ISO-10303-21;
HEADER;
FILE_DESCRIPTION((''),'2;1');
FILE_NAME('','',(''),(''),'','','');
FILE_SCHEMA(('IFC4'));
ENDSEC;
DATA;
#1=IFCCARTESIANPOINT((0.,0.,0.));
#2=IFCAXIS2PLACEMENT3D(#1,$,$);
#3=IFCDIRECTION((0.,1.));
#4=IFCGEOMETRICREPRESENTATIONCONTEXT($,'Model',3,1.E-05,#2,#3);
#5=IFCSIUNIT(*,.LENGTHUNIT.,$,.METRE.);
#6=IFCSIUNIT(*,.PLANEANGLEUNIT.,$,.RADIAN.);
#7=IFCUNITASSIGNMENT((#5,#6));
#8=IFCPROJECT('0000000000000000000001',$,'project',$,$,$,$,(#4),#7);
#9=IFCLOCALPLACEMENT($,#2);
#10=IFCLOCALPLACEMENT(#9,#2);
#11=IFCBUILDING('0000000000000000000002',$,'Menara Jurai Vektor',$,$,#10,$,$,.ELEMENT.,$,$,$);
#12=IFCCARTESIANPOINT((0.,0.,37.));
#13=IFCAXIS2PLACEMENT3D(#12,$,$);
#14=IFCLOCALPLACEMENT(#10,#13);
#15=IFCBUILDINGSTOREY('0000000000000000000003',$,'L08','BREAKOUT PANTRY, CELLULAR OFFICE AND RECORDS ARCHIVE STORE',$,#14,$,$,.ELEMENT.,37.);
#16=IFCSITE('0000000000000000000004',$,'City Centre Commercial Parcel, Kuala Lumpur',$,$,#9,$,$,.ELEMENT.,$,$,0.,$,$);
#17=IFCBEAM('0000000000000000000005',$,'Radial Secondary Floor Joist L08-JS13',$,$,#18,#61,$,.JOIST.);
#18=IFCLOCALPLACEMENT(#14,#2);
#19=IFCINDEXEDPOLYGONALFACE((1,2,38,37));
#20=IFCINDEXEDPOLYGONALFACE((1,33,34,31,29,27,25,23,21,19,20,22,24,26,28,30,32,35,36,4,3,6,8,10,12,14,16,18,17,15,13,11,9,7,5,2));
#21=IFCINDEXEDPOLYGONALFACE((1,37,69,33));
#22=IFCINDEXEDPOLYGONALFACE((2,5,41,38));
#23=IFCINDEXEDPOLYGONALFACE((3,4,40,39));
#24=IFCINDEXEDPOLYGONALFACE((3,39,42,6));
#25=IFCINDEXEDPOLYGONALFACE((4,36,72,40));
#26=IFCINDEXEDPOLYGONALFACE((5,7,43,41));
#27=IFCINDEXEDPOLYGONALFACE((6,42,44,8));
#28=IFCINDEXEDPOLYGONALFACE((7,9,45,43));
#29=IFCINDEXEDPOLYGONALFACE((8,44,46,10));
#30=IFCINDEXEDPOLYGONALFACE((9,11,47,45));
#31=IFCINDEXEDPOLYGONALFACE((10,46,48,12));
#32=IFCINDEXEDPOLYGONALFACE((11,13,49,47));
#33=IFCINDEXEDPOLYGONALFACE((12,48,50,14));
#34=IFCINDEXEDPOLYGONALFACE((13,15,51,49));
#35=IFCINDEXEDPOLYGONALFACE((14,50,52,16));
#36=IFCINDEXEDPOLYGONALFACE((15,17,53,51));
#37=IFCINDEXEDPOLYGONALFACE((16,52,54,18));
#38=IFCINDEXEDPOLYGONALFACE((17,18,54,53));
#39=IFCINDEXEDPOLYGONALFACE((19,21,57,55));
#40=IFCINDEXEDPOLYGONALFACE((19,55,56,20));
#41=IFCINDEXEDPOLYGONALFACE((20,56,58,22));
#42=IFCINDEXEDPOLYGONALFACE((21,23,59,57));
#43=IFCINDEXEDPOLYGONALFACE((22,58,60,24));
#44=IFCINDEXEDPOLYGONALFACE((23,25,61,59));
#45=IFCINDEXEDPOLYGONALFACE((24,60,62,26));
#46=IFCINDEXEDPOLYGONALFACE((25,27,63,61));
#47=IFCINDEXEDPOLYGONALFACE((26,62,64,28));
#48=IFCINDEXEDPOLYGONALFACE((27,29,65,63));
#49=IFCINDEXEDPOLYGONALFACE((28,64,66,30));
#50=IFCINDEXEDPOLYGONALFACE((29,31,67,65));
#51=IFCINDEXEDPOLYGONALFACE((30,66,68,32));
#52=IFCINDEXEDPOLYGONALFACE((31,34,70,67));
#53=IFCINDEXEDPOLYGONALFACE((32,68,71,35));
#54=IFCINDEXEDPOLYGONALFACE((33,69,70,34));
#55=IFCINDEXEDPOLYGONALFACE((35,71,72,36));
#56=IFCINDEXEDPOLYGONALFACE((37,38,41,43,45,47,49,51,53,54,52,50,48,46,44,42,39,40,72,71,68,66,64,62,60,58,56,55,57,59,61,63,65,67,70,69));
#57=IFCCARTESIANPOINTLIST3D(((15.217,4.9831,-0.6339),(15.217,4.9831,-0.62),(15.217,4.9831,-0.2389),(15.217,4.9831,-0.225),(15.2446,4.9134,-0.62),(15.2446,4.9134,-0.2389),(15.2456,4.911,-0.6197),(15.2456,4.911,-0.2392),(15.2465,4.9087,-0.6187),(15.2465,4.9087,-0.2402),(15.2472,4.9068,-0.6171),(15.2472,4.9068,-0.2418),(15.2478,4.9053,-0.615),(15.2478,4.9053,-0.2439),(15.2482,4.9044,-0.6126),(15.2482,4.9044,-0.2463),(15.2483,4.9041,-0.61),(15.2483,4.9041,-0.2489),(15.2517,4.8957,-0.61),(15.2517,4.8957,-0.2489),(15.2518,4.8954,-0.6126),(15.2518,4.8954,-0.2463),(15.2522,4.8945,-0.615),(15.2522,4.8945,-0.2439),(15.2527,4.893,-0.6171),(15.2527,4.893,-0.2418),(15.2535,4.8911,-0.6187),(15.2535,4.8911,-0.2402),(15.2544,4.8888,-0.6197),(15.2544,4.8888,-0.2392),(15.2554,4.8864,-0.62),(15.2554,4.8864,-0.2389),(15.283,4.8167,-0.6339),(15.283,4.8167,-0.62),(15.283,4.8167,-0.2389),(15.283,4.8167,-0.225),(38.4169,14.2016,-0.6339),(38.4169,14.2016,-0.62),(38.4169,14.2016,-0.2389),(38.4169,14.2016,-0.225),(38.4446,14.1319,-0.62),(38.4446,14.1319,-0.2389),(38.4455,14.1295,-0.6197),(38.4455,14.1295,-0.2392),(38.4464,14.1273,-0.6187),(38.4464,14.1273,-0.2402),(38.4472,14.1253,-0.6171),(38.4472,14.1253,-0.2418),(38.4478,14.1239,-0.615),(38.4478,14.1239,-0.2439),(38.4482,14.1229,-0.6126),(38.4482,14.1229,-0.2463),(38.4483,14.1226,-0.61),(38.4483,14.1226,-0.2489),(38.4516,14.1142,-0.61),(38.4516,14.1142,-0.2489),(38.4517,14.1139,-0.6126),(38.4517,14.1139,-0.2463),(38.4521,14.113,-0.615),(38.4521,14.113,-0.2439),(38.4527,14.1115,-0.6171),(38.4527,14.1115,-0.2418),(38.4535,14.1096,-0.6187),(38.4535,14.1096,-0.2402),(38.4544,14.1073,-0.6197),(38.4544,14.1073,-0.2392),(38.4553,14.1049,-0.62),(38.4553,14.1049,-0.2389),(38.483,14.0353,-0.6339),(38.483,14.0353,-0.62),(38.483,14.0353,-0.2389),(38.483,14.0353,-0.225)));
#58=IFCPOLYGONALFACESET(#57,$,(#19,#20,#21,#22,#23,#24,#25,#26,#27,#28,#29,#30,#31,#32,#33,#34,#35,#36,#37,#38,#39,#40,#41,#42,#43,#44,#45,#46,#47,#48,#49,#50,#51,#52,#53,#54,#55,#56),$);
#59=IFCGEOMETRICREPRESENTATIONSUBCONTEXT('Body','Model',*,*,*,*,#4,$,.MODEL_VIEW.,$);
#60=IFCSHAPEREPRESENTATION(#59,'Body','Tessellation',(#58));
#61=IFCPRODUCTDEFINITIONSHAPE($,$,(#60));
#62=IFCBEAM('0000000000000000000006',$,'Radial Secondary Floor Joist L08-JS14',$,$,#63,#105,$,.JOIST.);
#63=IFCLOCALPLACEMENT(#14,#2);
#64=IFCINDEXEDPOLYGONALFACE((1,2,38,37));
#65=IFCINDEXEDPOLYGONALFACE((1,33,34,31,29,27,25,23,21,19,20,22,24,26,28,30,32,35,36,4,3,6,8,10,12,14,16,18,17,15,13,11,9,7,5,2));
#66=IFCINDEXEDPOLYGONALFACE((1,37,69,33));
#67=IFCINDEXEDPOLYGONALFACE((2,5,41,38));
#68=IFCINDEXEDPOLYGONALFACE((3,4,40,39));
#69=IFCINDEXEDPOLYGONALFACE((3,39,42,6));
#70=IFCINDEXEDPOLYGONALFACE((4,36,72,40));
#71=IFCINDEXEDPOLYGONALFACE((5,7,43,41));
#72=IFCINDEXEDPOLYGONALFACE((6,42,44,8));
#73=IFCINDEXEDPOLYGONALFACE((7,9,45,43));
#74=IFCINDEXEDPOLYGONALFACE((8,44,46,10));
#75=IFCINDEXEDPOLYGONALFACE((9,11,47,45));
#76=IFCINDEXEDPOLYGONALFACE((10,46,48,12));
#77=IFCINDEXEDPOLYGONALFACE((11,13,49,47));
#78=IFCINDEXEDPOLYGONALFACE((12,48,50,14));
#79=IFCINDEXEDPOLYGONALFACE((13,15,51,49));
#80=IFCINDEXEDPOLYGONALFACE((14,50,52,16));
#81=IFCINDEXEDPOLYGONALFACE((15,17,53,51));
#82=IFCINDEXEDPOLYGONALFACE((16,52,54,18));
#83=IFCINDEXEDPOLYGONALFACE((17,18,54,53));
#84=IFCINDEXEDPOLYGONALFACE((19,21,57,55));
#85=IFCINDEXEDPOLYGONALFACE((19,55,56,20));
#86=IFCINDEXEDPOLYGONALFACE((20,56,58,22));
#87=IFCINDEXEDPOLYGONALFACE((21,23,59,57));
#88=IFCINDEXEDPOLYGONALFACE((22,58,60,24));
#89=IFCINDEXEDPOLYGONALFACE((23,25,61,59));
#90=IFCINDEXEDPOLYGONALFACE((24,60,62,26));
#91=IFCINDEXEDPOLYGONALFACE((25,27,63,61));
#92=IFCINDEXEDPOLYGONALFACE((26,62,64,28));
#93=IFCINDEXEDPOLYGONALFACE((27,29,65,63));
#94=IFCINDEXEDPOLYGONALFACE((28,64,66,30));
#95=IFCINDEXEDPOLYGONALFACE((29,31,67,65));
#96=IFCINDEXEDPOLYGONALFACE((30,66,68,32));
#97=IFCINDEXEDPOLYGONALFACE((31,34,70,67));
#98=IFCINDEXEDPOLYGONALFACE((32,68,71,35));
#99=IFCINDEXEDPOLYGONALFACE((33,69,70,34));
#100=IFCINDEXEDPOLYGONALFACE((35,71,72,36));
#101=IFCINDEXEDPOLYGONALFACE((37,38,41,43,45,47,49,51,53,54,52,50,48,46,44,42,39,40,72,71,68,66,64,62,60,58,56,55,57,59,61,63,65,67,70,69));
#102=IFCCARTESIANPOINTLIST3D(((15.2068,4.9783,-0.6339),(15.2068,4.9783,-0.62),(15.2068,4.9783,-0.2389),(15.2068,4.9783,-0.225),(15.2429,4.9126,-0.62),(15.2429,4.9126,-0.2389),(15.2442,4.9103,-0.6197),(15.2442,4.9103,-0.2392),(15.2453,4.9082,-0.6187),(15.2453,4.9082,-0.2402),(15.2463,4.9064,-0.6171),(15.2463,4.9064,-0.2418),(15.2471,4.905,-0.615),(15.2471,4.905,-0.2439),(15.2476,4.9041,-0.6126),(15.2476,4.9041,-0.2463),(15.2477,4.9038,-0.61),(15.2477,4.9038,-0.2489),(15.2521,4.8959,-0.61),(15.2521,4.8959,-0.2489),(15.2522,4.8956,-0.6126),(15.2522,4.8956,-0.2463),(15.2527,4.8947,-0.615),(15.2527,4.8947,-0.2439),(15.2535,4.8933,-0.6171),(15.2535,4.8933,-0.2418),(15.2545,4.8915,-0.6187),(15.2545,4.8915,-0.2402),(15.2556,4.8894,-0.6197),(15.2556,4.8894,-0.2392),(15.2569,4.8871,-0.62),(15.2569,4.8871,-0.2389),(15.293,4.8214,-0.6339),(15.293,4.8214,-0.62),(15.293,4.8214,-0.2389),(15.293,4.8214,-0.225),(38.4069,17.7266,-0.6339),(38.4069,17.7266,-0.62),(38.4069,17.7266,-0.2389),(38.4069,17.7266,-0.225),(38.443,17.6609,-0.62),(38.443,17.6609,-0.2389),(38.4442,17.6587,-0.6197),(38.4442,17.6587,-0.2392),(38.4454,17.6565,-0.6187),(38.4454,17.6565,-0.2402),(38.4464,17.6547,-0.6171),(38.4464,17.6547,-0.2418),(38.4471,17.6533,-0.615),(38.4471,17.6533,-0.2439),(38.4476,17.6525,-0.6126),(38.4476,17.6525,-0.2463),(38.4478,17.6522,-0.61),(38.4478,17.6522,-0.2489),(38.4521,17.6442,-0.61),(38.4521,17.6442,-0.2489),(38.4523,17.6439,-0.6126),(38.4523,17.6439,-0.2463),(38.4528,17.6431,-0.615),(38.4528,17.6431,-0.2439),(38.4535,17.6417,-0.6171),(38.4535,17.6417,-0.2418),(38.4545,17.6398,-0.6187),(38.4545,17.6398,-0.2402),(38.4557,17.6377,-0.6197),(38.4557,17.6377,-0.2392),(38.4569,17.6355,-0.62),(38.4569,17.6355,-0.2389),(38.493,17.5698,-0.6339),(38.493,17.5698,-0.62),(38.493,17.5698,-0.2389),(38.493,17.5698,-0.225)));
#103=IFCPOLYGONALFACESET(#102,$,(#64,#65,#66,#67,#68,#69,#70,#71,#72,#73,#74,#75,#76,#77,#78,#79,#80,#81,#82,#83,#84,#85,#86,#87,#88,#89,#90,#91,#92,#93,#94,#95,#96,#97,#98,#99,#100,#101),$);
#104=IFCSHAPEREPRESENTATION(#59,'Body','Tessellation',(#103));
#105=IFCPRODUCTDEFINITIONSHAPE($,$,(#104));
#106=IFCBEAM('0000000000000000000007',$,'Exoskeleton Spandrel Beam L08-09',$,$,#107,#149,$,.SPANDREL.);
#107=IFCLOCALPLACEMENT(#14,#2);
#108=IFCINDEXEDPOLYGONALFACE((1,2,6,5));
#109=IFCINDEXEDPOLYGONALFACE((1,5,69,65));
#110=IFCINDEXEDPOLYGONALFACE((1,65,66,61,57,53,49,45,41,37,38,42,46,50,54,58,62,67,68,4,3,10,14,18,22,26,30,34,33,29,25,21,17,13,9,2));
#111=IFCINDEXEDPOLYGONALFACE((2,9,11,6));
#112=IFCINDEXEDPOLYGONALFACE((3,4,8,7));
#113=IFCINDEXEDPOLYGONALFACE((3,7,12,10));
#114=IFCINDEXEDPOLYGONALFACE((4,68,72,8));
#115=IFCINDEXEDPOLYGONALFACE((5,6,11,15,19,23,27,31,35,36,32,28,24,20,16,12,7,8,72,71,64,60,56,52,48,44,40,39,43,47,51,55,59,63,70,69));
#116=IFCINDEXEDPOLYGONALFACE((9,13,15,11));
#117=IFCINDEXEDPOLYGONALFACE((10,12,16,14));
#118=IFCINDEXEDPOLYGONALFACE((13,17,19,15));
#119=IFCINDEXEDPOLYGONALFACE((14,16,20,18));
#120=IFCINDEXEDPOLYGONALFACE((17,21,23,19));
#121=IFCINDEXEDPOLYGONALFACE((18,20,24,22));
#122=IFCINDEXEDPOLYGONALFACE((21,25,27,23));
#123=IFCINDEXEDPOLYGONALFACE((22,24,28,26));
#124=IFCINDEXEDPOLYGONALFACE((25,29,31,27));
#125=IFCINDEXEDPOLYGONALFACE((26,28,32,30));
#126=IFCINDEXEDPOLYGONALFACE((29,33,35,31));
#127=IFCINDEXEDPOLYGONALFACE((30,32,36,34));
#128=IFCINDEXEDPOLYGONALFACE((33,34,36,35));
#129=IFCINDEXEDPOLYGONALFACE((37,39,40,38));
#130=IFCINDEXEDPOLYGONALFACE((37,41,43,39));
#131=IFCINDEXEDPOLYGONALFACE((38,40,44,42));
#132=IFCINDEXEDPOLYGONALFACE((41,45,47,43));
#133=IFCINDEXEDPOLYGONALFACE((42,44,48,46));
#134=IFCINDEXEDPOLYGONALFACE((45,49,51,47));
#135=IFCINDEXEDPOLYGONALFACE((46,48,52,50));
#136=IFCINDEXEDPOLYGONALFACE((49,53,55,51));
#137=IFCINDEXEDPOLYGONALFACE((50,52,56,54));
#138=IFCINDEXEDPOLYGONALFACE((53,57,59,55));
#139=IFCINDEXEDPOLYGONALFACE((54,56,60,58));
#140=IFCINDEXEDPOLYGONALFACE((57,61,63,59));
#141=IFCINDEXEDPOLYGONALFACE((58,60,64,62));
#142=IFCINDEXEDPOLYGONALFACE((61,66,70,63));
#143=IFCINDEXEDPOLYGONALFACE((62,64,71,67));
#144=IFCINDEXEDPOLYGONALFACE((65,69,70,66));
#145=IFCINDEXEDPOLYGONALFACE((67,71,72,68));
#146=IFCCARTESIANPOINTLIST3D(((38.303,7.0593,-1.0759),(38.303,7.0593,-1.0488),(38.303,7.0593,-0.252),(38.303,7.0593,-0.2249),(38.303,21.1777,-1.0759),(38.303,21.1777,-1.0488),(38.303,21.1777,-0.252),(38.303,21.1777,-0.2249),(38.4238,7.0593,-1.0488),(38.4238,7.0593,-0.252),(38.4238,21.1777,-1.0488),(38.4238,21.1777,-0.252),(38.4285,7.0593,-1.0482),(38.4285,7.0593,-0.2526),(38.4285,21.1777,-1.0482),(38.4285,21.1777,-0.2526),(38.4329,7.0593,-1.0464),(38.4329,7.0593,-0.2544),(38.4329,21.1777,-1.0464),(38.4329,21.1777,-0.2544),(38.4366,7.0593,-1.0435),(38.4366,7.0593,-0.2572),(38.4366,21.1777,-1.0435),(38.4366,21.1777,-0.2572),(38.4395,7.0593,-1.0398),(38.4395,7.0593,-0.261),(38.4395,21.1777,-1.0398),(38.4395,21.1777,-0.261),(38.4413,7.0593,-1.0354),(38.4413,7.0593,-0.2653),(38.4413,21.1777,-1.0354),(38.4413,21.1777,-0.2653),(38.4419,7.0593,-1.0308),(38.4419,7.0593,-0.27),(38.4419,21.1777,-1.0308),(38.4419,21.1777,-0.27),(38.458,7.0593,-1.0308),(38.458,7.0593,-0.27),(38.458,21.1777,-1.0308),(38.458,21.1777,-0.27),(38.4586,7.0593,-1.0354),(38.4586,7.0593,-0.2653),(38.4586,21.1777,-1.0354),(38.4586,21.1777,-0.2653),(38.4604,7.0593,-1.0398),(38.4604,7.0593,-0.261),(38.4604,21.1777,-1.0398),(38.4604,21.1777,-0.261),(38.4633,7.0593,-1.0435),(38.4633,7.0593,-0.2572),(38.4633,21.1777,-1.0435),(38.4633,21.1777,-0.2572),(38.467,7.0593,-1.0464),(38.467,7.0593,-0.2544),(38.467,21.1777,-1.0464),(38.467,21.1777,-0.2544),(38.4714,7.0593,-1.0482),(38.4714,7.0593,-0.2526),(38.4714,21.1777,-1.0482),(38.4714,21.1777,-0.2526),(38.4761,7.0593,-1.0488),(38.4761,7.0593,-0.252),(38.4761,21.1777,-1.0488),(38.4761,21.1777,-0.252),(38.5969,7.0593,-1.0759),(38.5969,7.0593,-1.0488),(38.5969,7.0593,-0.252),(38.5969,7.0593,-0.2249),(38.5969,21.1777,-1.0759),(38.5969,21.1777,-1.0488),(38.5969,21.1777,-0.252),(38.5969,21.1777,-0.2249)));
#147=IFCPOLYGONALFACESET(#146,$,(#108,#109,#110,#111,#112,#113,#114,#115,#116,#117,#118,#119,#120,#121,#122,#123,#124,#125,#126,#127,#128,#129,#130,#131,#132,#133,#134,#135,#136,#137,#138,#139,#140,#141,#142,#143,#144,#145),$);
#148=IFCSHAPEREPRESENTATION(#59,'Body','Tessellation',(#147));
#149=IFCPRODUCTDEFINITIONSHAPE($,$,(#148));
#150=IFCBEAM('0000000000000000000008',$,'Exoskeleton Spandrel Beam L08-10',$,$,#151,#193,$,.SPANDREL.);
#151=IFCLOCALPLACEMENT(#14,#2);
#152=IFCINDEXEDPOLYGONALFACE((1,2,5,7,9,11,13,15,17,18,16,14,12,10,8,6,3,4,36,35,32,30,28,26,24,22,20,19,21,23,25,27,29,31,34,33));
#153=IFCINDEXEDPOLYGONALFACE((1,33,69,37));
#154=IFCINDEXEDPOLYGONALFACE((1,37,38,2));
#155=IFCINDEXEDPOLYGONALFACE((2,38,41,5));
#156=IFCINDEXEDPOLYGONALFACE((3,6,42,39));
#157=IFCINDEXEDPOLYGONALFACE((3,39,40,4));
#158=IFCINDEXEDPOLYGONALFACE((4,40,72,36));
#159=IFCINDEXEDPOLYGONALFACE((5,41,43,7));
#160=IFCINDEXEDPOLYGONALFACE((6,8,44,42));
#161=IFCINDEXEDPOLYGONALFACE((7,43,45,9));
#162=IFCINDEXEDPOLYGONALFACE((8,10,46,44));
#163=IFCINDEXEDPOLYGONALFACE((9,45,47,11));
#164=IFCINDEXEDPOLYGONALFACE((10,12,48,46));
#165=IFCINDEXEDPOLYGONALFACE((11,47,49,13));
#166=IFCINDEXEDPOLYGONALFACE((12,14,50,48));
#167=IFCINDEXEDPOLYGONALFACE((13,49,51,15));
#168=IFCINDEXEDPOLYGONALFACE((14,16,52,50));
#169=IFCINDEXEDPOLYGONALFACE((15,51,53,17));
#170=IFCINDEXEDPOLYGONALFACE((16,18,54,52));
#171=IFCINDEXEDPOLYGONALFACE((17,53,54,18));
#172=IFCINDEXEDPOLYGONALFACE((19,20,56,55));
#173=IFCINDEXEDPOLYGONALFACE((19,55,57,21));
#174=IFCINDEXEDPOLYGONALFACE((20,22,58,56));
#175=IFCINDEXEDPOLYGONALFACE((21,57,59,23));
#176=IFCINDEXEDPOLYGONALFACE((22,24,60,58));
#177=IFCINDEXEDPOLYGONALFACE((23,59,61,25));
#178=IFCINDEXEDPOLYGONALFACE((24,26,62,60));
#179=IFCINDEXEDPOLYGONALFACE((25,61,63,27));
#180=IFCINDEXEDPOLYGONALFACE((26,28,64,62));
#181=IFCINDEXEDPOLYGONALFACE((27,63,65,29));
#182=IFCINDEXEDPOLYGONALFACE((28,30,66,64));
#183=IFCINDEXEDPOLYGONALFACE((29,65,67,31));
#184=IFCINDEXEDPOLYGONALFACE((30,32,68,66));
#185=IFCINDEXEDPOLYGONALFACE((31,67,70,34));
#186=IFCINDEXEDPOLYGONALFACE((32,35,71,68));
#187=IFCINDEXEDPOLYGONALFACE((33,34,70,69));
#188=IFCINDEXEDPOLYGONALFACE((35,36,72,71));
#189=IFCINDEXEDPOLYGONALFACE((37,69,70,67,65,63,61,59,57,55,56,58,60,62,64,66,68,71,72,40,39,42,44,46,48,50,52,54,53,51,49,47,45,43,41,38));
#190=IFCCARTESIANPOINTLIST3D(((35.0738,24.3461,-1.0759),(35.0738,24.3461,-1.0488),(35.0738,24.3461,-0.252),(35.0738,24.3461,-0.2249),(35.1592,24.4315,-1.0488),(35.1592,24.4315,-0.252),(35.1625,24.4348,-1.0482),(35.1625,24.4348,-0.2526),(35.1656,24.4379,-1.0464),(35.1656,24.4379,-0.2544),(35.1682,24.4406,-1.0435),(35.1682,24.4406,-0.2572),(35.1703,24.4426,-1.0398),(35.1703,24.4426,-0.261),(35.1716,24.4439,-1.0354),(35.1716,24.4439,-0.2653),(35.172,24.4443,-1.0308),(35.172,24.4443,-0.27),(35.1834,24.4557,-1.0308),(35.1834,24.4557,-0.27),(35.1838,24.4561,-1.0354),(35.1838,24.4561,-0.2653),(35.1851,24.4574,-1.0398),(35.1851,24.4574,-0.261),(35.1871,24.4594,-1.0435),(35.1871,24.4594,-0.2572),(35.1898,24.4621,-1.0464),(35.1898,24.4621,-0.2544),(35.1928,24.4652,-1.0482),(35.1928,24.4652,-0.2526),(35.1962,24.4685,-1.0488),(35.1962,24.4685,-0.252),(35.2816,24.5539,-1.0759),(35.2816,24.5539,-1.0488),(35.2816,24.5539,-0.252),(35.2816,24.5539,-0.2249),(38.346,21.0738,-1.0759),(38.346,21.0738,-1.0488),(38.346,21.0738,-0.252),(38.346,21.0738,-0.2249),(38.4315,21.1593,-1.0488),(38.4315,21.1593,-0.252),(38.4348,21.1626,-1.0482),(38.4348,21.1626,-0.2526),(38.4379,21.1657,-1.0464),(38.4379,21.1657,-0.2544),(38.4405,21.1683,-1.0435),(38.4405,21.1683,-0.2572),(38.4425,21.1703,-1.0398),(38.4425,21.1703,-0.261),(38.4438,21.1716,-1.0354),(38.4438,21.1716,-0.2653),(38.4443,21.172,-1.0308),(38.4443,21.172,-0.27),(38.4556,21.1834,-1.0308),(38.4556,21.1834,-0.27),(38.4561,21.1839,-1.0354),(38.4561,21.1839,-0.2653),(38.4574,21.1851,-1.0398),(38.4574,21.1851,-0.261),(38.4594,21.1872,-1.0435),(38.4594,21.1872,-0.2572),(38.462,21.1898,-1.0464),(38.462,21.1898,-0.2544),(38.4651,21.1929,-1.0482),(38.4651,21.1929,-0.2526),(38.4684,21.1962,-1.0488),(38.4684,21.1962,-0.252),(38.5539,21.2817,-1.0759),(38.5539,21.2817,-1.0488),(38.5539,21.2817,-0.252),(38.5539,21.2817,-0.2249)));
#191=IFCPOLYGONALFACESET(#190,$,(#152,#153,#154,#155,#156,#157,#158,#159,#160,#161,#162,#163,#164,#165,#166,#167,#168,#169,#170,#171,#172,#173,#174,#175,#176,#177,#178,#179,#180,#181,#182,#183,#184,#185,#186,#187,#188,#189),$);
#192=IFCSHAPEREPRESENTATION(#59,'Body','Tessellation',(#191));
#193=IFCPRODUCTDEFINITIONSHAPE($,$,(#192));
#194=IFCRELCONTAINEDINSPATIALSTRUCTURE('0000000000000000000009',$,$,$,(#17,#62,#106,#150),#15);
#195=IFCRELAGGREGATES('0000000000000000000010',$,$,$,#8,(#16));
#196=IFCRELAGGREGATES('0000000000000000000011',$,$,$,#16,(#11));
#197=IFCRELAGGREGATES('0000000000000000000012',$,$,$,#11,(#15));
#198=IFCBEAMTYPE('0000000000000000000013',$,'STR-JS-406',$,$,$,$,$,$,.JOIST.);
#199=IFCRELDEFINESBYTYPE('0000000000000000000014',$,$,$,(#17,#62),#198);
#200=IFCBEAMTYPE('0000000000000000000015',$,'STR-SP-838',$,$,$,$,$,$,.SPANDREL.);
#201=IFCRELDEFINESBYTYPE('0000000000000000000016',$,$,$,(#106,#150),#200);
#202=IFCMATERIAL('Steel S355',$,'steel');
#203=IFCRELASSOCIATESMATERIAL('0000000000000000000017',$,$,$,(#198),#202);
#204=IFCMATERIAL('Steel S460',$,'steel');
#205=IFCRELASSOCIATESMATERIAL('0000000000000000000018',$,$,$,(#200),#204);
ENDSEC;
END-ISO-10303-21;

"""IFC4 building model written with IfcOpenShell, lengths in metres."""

from ifc_helpers import new_model, si_unit, direction, frame, origin, origin_2d, place, context, subcontext, project, spatial, i_section, extrude, material, material_profile, profile_set, type_object, element, save


model = new_model("IFC4")

# Units and contexts
model_context = context("Model", 3, precision=1e-05, world=origin(), true_north=direction((0.0, 1.0)))
body_context = subcontext(model_context, "Body", "Model", "MODEL_VIEW")
ifc_project = project(units=[si_unit("LENGTHUNIT", "METRE"), si_unit("PLANEANGLEUNIT", "RADIAN")], contexts=[model_context])

# Site, building, storey
site_placement = place(None, origin())
site = spatial("IfcSite", under=ifc_project, at=site_placement, Name="City Centre Commercial Parcel, Kuala Lumpur", CompositionType="ELEMENT", RefElevation=0.0)
building_placement = place(site_placement, origin())
building = spatial("IfcBuilding", under=site, at=building_placement, Name="Menara Jurai Vektor", CompositionType="ELEMENT")
storey_placement = place(building_placement, frame((0.0, 0.0, 37.0)))
storey = spatial("IfcBuildingStorey", under=building, at=storey_placement, Name="L08", Description="BREAKOUT PANTRY, CELLULAR OFFICE AND RECORDS ARCHIVE STORE", CompositionType="ELEMENT", Elevation=37.0)

# Shared definitions
ifc_material_1 = material(Name="Steel S460", Category="steel")

# Beams
ifc_material_2 = material(Name="Steel S355", Category="steel")
ifc_material_profile_1 = material_profile(ifc_material_2, i_section(OverallWidth=0.179, OverallDepth=0.4089, WebThickness=0.009, FlangeThickness=0.0139, FilletRadius=0.01, at=origin_2d()), Name="UKB 406x178x67")
ifc_profile_set_1 = profile_set([ifc_material_profile_1], Name="Steel S355")
beam_type_1 = type_object("IfcBeamType", Name="STR-JS-406", PredefinedType="JOIST", material=ifc_profile_set_1)
beam_1_placement = place(storey_placement, frame((38.45, 14.1184, -0.4294), z_axis=(-0.929323, -0.369267, 0.0), x_axis=(0.369267, -0.929323, 0.0)))
element("IfcBeam", 1, at=beam_1_placement, inside=storey, type_object=beam_type_1, Name="Radial Secondary Floor Joist L08-JS13", PredefinedType="JOIST", context=body_context, shape_type="SweptSolid", body=[
    extrude(i_section(OverallWidth=0.179, OverallDepth=0.4089, WebThickness=0.009, FlangeThickness=0.0139, FilletRadius=0.01, at=origin_2d()), origin(), (0.0, 0.0, 1.0), 24.9644),
])
beam_2_placement = place(storey_placement, frame((38.45, 17.6482, -0.4294), z_axis=(-0.876402, -0.48158, 0.0), x_axis=(0.48158, -0.876402, 0.0)))
element("IfcBeam", 2, at=beam_2_placement, inside=storey, type_object=beam_type_1, Name="Radial Secondary Floor Joist L08-JS14", PredefinedType="JOIST", context=body_context, shape_type="SweptSolid", body=[
    extrude(i_section(OverallWidth=0.179, OverallDepth=0.4089, WebThickness=0.009, FlangeThickness=0.0139, FilletRadius=0.01, at=origin_2d()), origin(), (0.0, 0.0, 1.0), 26.4719),
])
ifc_material_profile_2 = material_profile(ifc_material_1, i_section(OverallWidth=0.2939, OverallDepth=0.8511, WebThickness=0.0161, FlangeThickness=0.0271, FilletRadius=0.0181, at=origin_2d()), Name="UKB 838x292x226")
ifc_profile_set_2 = profile_set([ifc_material_profile_2], Name="Steel S460")
beam_type_2 = type_object("IfcBeamType", Name="STR-SP-838", PredefinedType="SPANDREL", material=ifc_profile_set_2)
beam_3_placement = place(storey_placement, frame((38.45, 7.0593, -0.6504), z_axis=(0.0, 1.0, 0.0), x_axis=(-1.0, 0.0, 0.0)))
element("IfcBeam", 3, at=beam_3_placement, inside=storey, type_object=beam_type_2, Name="Exoskeleton Spandrel Beam L08-09", PredefinedType="SPANDREL", context=body_context, shape_type="SweptSolid", body=[
    extrude(i_section(OverallWidth=0.2939, OverallDepth=0.8511, WebThickness=0.0161, FlangeThickness=0.0271, FilletRadius=0.0181, at=origin_2d()), origin(), (0.0, 0.0, 1.0), 14.1184),
])
beam_4_placement = place(storey_placement, frame((38.45, 21.1777, -0.6504), z_axis=(-0.707107, 0.707107, 0.0), x_axis=(-0.707107, -0.707107, 0.0)))
element("IfcBeam", 4, at=beam_4_placement, inside=storey, type_object=beam_type_2, Name="Exoskeleton Spandrel Beam L08-10", PredefinedType="SPANDREL", context=body_context, shape_type="SweptSolid", body=[
    extrude(i_section(OverallWidth=0.2939, OverallDepth=0.8511, WebThickness=0.0161, FlangeThickness=0.0271, FilletRadius=0.0181, at=origin_2d()), origin(), (0.0, 0.0, 1.0), 4.6277),
])

save(model, "model.ifc")
